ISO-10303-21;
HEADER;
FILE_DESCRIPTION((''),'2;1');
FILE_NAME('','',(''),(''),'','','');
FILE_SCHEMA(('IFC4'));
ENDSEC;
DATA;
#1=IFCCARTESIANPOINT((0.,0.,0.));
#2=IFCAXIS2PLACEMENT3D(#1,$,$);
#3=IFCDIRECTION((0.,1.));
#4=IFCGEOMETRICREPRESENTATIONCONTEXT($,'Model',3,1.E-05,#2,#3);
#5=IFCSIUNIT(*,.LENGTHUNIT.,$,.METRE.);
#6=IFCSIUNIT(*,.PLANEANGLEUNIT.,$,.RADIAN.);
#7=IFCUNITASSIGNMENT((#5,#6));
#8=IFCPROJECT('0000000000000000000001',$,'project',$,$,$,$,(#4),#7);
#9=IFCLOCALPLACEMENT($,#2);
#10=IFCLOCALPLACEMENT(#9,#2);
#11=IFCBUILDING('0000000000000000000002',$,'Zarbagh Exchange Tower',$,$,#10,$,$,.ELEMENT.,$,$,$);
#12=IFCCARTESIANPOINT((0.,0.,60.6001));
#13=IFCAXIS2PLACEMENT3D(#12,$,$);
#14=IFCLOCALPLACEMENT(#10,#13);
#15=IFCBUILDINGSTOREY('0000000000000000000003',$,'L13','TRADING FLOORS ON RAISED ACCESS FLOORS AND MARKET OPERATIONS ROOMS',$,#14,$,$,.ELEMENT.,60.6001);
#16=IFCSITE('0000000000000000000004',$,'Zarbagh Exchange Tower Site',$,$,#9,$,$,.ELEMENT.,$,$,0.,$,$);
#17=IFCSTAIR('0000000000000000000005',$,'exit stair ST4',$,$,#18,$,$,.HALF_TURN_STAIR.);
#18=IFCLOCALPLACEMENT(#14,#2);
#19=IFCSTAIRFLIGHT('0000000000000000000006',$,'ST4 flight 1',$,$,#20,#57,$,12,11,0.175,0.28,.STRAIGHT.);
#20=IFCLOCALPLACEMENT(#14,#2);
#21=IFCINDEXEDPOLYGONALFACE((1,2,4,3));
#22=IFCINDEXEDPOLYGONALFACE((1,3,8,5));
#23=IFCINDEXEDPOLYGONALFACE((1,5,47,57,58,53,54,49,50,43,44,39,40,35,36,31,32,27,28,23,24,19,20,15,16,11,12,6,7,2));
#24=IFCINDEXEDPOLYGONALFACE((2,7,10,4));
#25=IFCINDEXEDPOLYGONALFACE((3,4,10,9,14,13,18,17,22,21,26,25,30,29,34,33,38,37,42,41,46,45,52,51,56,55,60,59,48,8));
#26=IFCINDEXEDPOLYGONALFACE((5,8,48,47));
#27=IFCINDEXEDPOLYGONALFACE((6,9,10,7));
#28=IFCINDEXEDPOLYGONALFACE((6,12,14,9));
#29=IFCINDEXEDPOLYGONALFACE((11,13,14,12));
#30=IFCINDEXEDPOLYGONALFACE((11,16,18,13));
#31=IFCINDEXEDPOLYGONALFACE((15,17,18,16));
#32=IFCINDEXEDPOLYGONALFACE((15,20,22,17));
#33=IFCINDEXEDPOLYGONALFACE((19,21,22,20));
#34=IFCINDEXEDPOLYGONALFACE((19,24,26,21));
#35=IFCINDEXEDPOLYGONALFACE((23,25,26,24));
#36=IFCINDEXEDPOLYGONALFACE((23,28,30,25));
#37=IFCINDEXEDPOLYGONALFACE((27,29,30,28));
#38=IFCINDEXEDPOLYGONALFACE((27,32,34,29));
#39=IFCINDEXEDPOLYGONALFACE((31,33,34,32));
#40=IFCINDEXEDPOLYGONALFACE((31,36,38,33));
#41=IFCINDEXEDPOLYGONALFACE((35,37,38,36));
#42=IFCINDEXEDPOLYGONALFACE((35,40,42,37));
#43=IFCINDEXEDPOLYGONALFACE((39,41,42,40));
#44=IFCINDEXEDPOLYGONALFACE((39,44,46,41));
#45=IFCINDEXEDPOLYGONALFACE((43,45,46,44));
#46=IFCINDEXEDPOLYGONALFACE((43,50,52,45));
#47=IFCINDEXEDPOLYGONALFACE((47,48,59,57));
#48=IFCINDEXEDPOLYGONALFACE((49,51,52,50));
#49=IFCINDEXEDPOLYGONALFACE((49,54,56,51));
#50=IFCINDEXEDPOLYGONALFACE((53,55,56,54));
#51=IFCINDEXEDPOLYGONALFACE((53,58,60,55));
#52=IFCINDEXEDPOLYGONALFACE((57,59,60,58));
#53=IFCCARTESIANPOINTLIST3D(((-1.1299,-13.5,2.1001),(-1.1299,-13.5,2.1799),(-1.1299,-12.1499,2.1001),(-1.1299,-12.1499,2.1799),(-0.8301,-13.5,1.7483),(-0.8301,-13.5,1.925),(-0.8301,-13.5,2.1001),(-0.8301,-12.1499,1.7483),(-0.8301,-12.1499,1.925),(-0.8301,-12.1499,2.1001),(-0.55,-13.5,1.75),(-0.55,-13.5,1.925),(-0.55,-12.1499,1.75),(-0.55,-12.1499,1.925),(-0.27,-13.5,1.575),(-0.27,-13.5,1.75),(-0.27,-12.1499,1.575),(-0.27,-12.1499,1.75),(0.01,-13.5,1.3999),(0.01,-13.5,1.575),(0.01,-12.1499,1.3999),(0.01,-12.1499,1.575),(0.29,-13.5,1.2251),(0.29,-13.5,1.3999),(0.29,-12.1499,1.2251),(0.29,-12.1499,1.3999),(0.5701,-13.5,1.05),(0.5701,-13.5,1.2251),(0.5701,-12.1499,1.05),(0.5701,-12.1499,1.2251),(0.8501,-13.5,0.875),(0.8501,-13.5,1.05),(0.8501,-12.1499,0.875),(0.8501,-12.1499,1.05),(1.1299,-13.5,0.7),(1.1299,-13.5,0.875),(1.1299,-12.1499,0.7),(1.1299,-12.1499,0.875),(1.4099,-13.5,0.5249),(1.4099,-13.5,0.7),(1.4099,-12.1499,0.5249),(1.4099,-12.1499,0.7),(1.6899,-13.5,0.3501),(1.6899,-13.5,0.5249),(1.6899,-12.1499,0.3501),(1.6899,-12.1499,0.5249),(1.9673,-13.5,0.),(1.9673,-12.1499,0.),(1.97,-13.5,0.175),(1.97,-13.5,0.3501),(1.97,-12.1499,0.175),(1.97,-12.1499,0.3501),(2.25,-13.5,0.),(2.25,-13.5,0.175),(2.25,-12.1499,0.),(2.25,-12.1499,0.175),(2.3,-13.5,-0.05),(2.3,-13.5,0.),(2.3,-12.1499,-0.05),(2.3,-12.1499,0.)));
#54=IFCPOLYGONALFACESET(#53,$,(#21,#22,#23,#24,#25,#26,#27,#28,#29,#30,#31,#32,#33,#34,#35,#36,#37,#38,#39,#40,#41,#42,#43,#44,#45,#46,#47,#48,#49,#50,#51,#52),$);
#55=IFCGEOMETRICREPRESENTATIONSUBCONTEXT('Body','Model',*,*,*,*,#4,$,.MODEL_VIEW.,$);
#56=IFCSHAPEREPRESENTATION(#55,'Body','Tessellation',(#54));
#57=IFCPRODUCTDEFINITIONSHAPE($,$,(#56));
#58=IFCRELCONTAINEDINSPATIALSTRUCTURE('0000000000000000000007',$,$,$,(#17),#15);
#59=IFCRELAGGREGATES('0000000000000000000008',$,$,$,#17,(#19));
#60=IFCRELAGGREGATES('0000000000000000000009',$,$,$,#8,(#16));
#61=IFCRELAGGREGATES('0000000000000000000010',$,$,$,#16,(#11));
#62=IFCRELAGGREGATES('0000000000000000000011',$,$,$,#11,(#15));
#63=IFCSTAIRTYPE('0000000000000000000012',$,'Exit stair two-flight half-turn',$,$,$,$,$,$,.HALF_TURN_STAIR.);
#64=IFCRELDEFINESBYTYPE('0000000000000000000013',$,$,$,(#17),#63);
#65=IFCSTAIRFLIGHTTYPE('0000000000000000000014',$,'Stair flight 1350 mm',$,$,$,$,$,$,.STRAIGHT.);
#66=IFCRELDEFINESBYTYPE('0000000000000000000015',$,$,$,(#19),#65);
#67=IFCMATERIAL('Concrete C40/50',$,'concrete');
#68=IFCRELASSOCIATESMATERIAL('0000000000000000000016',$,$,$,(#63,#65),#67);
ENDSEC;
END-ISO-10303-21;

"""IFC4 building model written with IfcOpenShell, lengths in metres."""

from ifc_helpers import new_model, si_unit, direction, frame, origin, place, context, subcontext, project, spatial, polyline, outline, extrude, material, type_object, element, aggregate, save


model = new_model("IFC4")

# Units and contexts
model_context = context("Model", 3, precision=1e-05, world=origin(), true_north=direction((0.0, 1.0)))
body_context = subcontext(model_context, "Body", "Model", "MODEL_VIEW")
ifc_project = project(units=[si_unit("LENGTHUNIT", "METRE"), si_unit("PLANEANGLEUNIT", "RADIAN")], contexts=[model_context])

# Site, building, storey
site_placement = place(None, origin())
site = spatial("IfcSite", under=ifc_project, at=site_placement, Name="Zarbagh Exchange Tower Site", CompositionType="ELEMENT", RefElevation=0.0)
building_placement = place(site_placement, origin())
building = spatial("IfcBuilding", under=site, at=building_placement, Name="Zarbagh Exchange Tower", CompositionType="ELEMENT")
storey_placement = place(building_placement, frame((0.0, 0.0, 60.6001)))
storey = spatial("IfcBuildingStorey", under=building, at=storey_placement, Name="L13", Description="TRADING FLOORS ON RAISED ACCESS FLOORS AND MARKET OPERATIONS ROOMS", CompositionType="ELEMENT", Elevation=60.6001)

# Stair, stair flight
ifc_material_1 = material(Name="Concrete C40/50", Category="concrete")
stair_type = type_object("IfcStairType", Name="Exit stair two-flight half-turn", PredefinedType="HALF_TURN_STAIR", material=ifc_material_1)
stair_flight_type = type_object("IfcStairFlightType", Name="Stair flight 1350 mm", PredefinedType="STRAIGHT", material=ifc_material_1)
stair_1_placement = place(storey_placement, origin())
stair_1 = element("IfcStair", 1, at=stair_1_placement, inside=storey, type_object=stair_type, Name="exit stair ST4", PredefinedType="HALF_TURN_STAIR")
stair_flight_1_placement = place(storey_placement, frame((2.25, -12.825, 0.0), z_axis=(0.0, 0.0, 1.0), x_axis=(-1.0, 0.0, 0.0)))
stair_flight_1 = element("IfcStairFlight", 2, at=stair_flight_1_placement, type_object=stair_flight_type, Name="ST4 flight 1", NumberOfRisers=12, NumberOfTreads=11, PredefinedType="STRAIGHT", RiserHeight=0.175, TreadLength=0.28, context=body_context, shape_type="SweptSolid", body=[
    extrude(outline(polyline([(-0.05, -0.05), (-0.05, 0.0), (0.0, 0.0), (0.0, 0.175), (0.28, 0.175), (0.28, 0.3501), (0.5601, 0.3501), (0.5601, 0.5249), (0.8401, 0.5249), (0.8401, 0.7), (1.1201, 0.7), (1.1201, 0.875), (1.3999, 0.875), (1.3999, 1.05), (1.6799, 1.05), (1.6799, 1.2251), (1.96, 1.2251), (1.96, 1.3999), (2.24, 1.3999), (2.24, 1.575), (2.52, 1.575), (2.52, 1.75), (2.8, 1.75), (2.8, 1.925), (3.0801, 1.925), (3.0801, 2.1001), (3.3799, 2.1799), (3.3799, 2.1001), (3.0801, 1.7483), (0.2827, 0.0), (-0.05, -0.05)])), frame((0.0, 0.675, 0.0), z_axis=(0.0, -1.0, 0.0), x_axis=(1.0, 0.0, 0.0)), (0.0, 0.0, 1.0), 1.3501),
])
aggregate(stair_1, [stair_flight_1])

save(model, "model.ifc")
